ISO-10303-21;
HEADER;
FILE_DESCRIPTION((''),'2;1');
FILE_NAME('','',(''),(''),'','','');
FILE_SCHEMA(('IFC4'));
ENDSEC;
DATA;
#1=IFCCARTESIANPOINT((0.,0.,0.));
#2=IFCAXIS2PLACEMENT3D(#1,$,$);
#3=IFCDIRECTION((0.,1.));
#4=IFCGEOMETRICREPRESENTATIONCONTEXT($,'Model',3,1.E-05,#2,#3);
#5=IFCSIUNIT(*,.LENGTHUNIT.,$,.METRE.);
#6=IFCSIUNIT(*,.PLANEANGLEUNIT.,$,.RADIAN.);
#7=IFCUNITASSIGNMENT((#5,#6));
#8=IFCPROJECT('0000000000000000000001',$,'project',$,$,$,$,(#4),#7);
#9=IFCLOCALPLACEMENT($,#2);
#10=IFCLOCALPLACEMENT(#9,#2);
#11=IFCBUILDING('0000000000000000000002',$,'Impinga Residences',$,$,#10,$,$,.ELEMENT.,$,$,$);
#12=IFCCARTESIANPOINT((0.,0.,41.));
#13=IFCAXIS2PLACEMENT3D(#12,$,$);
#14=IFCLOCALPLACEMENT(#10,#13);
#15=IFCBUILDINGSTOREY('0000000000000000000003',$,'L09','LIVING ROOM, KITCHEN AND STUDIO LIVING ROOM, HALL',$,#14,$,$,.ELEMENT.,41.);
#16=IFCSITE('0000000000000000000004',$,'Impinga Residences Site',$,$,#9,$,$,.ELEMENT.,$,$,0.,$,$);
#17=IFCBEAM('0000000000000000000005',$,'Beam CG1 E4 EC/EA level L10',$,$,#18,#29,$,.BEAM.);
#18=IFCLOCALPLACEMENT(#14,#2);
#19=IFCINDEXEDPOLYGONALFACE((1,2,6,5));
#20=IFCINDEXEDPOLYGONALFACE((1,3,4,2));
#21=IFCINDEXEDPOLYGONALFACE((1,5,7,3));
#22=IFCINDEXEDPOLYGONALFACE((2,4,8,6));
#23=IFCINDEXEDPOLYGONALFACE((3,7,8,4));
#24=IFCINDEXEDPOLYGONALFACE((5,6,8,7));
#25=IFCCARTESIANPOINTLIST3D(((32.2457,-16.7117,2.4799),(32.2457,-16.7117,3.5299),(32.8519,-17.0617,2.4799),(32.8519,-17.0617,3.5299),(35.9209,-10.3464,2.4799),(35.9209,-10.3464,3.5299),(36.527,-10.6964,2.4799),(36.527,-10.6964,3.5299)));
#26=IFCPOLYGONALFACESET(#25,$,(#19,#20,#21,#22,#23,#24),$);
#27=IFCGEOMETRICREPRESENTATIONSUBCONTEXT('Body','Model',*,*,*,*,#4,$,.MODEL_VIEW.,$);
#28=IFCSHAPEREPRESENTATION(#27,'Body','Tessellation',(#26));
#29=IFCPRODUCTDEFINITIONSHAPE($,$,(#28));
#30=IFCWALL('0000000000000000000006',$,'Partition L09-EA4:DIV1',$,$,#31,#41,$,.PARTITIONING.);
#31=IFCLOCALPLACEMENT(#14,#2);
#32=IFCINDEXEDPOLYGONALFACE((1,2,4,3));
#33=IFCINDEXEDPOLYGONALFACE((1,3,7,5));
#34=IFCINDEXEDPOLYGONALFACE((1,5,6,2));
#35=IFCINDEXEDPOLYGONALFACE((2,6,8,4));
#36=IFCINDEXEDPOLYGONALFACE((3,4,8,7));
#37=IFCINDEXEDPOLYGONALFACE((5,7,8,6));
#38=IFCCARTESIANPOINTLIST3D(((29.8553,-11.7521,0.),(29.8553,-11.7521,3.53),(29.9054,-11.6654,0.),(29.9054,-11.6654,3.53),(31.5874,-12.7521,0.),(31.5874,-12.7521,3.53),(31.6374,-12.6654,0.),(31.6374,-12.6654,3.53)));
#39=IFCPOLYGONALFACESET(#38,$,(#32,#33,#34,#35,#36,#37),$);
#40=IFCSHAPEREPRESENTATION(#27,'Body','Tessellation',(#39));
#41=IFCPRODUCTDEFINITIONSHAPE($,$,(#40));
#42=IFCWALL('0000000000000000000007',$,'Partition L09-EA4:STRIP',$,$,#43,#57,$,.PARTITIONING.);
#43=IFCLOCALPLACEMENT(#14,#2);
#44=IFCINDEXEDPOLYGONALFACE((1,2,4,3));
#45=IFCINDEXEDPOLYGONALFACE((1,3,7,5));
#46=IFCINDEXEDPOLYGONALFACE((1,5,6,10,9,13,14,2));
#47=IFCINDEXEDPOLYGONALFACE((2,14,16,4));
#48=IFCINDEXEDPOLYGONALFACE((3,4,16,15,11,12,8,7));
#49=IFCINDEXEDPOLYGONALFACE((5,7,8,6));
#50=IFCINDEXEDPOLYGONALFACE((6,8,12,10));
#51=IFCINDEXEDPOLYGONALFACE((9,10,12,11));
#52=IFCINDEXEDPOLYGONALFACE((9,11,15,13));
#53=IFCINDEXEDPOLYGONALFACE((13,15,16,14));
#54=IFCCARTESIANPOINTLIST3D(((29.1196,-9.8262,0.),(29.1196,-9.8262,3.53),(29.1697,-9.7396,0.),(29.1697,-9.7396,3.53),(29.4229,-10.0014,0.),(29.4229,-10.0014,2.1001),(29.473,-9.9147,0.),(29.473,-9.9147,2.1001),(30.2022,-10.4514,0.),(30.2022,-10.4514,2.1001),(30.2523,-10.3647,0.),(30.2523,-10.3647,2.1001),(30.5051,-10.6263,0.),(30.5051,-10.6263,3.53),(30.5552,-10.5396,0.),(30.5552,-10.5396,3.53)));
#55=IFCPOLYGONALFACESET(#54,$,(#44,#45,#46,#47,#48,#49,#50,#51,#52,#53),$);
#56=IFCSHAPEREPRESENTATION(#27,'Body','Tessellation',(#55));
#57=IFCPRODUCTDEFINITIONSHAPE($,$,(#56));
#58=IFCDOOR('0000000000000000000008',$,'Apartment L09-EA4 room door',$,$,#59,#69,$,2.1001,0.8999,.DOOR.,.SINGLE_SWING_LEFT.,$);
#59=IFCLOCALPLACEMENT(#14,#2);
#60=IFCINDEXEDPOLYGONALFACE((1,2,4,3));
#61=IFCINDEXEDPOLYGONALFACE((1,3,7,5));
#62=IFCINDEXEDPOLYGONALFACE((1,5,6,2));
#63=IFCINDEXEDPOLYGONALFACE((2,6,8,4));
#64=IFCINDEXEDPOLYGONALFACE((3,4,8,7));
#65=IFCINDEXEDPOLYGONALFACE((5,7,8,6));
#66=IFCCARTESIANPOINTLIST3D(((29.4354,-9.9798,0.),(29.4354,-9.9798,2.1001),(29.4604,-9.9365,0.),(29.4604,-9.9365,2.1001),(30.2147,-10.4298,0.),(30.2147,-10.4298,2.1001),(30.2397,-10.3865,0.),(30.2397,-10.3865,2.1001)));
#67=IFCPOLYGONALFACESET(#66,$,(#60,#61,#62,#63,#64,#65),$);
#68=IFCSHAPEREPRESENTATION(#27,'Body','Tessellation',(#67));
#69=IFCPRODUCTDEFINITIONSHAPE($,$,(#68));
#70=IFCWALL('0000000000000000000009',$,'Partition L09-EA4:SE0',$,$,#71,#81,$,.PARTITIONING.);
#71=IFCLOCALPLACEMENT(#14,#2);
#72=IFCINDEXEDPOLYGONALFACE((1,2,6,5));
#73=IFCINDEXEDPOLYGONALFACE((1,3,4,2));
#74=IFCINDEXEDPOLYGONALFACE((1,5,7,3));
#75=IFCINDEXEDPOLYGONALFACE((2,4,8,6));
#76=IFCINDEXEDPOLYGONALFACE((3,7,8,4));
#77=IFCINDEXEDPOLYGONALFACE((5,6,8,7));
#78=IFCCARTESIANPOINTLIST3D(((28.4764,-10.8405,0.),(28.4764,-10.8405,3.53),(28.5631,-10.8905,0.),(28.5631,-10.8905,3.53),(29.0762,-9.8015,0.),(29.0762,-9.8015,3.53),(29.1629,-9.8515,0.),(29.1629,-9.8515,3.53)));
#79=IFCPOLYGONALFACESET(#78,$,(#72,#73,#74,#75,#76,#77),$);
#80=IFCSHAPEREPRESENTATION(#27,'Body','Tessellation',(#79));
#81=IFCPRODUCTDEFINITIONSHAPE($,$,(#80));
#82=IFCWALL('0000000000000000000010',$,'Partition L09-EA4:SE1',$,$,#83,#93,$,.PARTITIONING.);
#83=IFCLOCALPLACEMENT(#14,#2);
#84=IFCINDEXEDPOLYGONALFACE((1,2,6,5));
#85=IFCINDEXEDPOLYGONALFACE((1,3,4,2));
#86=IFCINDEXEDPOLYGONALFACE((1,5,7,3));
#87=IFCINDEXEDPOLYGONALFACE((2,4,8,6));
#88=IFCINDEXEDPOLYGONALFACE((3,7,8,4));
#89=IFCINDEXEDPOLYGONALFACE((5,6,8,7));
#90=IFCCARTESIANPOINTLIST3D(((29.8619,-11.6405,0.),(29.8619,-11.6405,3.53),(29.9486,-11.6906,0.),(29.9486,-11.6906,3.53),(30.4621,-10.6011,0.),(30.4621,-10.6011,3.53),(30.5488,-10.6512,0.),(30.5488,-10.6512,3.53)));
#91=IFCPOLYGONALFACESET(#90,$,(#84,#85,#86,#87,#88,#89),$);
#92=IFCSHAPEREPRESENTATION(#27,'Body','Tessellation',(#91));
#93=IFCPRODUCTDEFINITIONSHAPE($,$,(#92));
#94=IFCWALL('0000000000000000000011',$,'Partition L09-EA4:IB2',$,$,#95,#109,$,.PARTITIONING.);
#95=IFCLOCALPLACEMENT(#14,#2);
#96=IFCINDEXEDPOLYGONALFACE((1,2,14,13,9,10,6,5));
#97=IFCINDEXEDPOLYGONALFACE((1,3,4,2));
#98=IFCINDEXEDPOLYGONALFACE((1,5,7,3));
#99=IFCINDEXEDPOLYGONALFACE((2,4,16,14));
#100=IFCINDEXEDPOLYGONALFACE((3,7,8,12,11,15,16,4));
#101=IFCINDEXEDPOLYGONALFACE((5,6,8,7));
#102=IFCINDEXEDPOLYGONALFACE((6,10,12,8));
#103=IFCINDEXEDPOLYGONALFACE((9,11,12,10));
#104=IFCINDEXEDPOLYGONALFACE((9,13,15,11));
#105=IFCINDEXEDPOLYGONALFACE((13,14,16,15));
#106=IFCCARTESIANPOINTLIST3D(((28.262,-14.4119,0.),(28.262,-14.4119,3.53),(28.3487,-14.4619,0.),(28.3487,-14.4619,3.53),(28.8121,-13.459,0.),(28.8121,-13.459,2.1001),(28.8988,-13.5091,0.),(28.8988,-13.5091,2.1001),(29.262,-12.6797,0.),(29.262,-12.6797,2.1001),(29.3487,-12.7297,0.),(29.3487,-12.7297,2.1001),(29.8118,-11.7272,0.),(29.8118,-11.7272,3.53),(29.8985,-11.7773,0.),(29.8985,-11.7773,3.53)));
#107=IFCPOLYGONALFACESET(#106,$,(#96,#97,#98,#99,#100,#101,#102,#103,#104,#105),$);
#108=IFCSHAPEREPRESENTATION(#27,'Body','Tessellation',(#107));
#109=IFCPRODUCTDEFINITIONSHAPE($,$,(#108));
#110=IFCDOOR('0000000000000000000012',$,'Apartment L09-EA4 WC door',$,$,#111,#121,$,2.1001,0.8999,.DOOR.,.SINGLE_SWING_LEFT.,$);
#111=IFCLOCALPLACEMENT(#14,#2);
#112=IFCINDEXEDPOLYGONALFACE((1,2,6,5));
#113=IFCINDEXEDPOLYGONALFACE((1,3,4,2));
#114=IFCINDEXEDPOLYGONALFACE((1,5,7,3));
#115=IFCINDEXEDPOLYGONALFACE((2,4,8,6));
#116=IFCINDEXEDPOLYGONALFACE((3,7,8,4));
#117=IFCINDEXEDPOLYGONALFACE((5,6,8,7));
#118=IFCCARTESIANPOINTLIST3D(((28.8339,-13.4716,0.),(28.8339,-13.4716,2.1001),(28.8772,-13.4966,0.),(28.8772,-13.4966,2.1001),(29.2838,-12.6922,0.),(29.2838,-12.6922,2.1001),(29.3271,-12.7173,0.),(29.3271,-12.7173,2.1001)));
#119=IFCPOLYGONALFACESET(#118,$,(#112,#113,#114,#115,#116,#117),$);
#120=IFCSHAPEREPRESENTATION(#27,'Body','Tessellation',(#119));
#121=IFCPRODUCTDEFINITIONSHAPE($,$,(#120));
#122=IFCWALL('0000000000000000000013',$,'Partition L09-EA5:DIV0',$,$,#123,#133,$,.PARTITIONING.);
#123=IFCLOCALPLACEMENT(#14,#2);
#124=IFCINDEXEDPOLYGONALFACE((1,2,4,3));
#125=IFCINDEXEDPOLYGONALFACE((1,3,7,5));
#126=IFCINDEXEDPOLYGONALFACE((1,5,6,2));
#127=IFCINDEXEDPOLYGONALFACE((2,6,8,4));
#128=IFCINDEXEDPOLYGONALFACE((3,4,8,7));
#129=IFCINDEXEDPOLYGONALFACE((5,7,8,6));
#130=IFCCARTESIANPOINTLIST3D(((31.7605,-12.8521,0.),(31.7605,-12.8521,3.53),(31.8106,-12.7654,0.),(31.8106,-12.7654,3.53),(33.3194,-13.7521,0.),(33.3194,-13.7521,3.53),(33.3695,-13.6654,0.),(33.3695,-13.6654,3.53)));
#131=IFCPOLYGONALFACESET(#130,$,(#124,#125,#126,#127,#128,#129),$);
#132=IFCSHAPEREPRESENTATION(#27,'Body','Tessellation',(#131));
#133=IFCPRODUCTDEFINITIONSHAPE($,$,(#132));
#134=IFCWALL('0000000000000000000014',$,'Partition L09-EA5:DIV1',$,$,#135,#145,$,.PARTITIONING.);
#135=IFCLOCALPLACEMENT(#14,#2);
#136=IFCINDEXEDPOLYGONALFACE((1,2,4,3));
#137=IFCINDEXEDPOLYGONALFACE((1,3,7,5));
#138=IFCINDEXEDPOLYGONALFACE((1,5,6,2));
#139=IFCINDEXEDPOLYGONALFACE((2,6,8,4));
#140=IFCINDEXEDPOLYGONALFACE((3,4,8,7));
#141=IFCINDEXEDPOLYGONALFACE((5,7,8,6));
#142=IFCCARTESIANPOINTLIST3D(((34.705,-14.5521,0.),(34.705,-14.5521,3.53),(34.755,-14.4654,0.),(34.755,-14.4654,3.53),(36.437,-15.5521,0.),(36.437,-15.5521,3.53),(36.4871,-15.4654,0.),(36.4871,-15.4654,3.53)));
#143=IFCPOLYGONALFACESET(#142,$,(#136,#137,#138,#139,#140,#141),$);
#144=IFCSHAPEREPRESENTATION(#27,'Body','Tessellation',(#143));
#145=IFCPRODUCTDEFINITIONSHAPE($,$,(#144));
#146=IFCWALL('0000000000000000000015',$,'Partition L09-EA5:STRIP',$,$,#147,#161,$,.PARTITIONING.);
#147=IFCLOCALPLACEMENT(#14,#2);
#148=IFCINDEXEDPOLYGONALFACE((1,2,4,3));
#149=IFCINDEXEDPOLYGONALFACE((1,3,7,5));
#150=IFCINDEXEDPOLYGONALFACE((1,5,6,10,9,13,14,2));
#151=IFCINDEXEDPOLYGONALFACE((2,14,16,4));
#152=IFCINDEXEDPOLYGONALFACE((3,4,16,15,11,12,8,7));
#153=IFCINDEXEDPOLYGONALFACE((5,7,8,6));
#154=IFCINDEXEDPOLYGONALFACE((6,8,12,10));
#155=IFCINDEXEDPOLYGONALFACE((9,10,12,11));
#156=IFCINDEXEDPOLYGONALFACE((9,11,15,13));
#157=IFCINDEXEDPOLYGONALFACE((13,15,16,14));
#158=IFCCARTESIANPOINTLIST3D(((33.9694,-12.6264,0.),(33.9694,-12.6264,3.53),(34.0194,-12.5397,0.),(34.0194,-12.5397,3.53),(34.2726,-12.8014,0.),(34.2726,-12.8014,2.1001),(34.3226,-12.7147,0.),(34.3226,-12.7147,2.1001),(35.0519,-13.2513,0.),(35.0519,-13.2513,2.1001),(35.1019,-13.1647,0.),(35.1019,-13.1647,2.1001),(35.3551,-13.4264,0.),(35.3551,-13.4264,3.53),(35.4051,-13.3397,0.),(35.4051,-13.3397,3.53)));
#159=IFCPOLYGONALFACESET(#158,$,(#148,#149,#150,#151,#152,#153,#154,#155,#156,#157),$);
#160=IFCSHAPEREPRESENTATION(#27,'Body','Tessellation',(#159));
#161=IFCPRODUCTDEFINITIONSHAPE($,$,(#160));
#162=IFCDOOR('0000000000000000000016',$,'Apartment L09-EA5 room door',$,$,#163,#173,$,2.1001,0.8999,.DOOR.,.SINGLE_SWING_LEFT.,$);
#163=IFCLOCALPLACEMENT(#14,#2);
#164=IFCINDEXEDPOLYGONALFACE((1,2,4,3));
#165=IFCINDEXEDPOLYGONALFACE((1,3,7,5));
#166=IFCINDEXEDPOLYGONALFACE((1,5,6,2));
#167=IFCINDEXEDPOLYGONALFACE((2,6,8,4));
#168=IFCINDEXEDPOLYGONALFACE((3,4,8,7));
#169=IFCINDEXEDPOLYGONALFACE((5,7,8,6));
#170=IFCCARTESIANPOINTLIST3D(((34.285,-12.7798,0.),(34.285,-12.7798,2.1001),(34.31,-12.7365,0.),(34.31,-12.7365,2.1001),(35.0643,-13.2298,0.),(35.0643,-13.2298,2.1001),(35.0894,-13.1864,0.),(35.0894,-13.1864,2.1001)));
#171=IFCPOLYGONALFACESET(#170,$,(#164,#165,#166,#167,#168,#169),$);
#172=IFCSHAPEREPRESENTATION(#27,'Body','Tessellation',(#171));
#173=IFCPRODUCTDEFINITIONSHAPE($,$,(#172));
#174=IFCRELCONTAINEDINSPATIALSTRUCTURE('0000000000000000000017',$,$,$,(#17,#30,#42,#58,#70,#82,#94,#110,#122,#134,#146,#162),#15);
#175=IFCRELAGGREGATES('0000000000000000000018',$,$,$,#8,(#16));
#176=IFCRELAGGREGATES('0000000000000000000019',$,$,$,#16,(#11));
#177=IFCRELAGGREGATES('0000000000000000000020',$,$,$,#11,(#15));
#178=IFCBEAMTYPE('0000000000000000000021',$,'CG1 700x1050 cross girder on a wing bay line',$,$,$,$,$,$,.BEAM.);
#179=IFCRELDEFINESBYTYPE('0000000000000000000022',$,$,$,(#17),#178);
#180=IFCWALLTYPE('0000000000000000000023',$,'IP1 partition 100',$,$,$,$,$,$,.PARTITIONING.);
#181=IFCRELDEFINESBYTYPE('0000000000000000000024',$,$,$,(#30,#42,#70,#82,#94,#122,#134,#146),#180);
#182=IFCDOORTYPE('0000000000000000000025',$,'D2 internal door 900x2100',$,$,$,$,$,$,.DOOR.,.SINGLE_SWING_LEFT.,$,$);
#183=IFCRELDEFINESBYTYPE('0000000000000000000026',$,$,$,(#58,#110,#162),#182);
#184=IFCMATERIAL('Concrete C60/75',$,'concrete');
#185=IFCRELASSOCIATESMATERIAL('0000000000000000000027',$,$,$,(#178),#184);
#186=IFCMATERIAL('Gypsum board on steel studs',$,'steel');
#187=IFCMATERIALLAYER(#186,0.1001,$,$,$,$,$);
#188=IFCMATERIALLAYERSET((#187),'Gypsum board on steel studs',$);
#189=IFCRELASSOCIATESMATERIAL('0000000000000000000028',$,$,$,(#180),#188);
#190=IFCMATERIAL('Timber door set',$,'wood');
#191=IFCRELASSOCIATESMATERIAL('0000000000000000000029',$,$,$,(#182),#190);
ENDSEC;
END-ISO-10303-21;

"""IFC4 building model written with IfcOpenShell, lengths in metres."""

from ifc_helpers import new_model, si_unit, direction, frame, frame_2d, origin, origin_2d, place, context, subcontext, project, spatial, rectangle, extrude, material, layer, layer_set, material_profile, profile_set, type_object, element, fill, save


model = new_model("IFC4")

# Units and contexts
model_context = context("Model", 3, precision=1e-05, world=origin(), true_north=direction((0.0, 1.0)))
body_context = subcontext(model_context, "Body", "Model", "MODEL_VIEW")
ifc_project = project(units=[si_unit("LENGTHUNIT", "METRE"), si_unit("PLANEANGLEUNIT", "RADIAN")], contexts=[model_context])

# Site, building, storey
site_placement = place(None, origin())
site = spatial("IfcSite", under=ifc_project, at=site_placement, Name="Impinga Residences Site", CompositionType="ELEMENT", RefElevation=0.0)
building_placement = place(site_placement, origin())
building = spatial("IfcBuilding", under=site, at=building_placement, Name="Impinga Residences", CompositionType="ELEMENT")
storey_placement = place(building_placement, frame((0.0, 0.0, 41.0)))
storey = spatial("IfcBuildingStorey", under=building, at=storey_placement, Name="L09", Description="LIVING ROOM, KITCHEN AND STUDIO LIVING ROOM, HALL", CompositionType="ELEMENT", Elevation=41.0)

# Beam
ifc_material_1 = material(Name="Concrete C60/75", Category="concrete")
ifc_material_profile = material_profile(ifc_material_1, rectangle(XDim=0.7, YDim=1.05, at=origin_2d()), Name="RC 700x1050")
ifc_profile_set = profile_set([ifc_material_profile], Name="Concrete C60/75")
beam_type = type_object("IfcBeamType", Name="CG1 700x1050 cross girder on a wing bay line", PredefinedType="BEAM", material=ifc_profile_set)
beam_placement = place(storey_placement, frame((32.5488, -16.8867, 3.0049), z_axis=(0.500008, 0.866021, 0.0), x_axis=(-0.866021, 0.500008, 0.0)))
element("IfcBeam", 1, at=beam_placement, inside=storey, type_object=beam_type, Name="Beam CG1 E4 EC/EA level L10", PredefinedType="BEAM", context=body_context, shape_type="SweptSolid", body=[
    extrude(rectangle(XDim=0.7, YDim=1.05, at=origin_2d()), origin(), (0.0, 0.0, 1.0), 7.3501),
])

# Wall
ifc_material_2 = material(Name="Gypsum board on steel studs", Category="steel")
ifc_layer_1 = layer(ifc_material_2, 0.1001)
ifc_layer_set_1 = layer_set([ifc_layer_1], Name="Gypsum board on steel studs")
wall_type_1 = type_object("IfcWallType", Name="IP1 partition 100", PredefinedType="PARTITIONING", material=ifc_layer_set_1)
wall_1_placement = place(storey_placement, frame((29.8804, -11.7087, 0.0), z_axis=(0.0, 0.0, 1.0), x_axis=(0.866011, -0.500025, 0.0)))
element("IfcWall", 2, at=wall_1_placement, inside=storey, type_object=wall_type_1, Name="Partition L09-EA4:DIV1", PredefinedType="PARTITIONING", context=body_context, shape_type="SweptSolid", body=[
    extrude(rectangle(XDim=2.0, YDim=0.1001, at=frame_2d((1.0, 0.0))), origin(), (0.0, 0.0, 1.0), 3.53),
])

# Wall, opening, door
wall_2_placement = place(storey_placement, frame((29.1448, -9.783, 0.0), z_axis=(0.0, 0.0, 1.0), x_axis=(0.86599, -0.500061, 0.0)))
wall_2 = element("IfcWall", 3, at=wall_2_placement, inside=storey, type_object=wall_type_1, Name="Partition L09-EA4:STRIP", PredefinedType="PARTITIONING", context=body_context, shape_type="SweptSolid", body=[
    extrude(rectangle(XDim=1.5999, YDim=0.1001, at=frame_2d((0.7998, 0.0))), origin(), (0.0, 0.0, 1.0), 3.53),
])
opening_1_placement = place(wall_2_placement, frame((0.3501, 0.0, 0.0)))
opening_1 = element("IfcOpeningElement", 4, at=opening_1_placement, cuts=wall_2, PredefinedType="OPENING", context=body_context, shape_type="SweptSolid", body=[
    extrude(rectangle(XDim=0.8999, YDim=2.1001, at=frame_2d((0.45, 1.05))), frame((0.0, 0.0601, 0.0), z_axis=(0.0, -1.0, 0.0), x_axis=(1.0, 0.0, 0.0)), (0.0, 0.0, 1.0), 0.1201),
])
ifc_material_3 = material(Name="Timber door set", Category="wood")
door_type = type_object("IfcDoorType", Name="D2 internal door 900x2100", OperationType="SINGLE_SWING_LEFT", PredefinedType="DOOR", material=ifc_material_3)
door_1_placement = place(opening_1_placement, origin())
door_1 = element("IfcDoor", 5, at=door_1_placement, inside=storey, type_object=door_type, Name="Apartment L09-EA4 room door", OperationType="SINGLE_SWING_LEFT", OverallHeight=2.1001, OverallWidth=0.8999, PredefinedType="DOOR", context=body_context, shape_type="SweptSolid", body=[
    extrude(rectangle(XDim=0.8999, YDim=2.1001, at=frame_2d((0.45, 1.05))), frame((0.0, 0.0249, 0.0), z_axis=(0.0, -1.0, 0.0), x_axis=(1.0, 0.0, 0.0)), (0.0, 0.0, 1.0), 0.05),
])
fill(opening_1, door_1)

# Walls
wall_3_placement = place(storey_placement, frame((28.5198, -10.8655, 0.0), z_axis=(0.0, 0.0, 1.0), x_axis=(0.499969, 0.866043, 0.0)))
element("IfcWall", 6, at=wall_3_placement, inside=storey, type_object=wall_type_1, Name="Partition L09-EA4:SE0", PredefinedType="PARTITIONING", context=body_context, shape_type="SweptSolid", body=[
    extrude(rectangle(XDim=1.1997, YDim=0.1001, at=frame_2d((0.5999, 0.0))), origin(), (0.0, 0.0, 1.0), 3.53),
])
wall_4_placement = place(storey_placement, frame((29.9053, -11.6655, 0.0), z_axis=(0.0, 0.0, 1.0), x_axis=(0.500034, 0.866006, 0.0)))
element("IfcWall", 7, at=wall_4_placement, inside=storey, type_object=wall_type_1, Name="Partition L09-EA4:SE1", PredefinedType="PARTITIONING", context=body_context, shape_type="SweptSolid", body=[
    extrude(rectangle(XDim=1.2002, YDim=0.1001, at=frame_2d((0.6001, 0.0))), origin(), (0.0, 0.0, 1.0), 3.53),
])

# Wall, opening, door
wall_5_placement = place(storey_placement, frame((28.3054, -14.4368, 0.0), z_axis=(0.0, 0.0, 1.0), x_axis=(0.499968, 0.866044, 0.0)))
wall_5 = element("IfcWall", 8, at=wall_5_placement, inside=storey, type_object=wall_type_1, Name="Partition L09-EA4:IB2", PredefinedType="PARTITIONING", context=body_context, shape_type="SweptSolid", body=[
    extrude(rectangle(XDim=3.0999, YDim=0.1001, at=frame_2d((1.5498, 0.0))), origin(), (0.0, 0.0, 1.0), 3.53),
])
opening_2_placement = place(wall_5_placement, frame((1.1001, 0.0, 0.0)))
opening_2 = element("IfcOpeningElement", 9, at=opening_2_placement, cuts=wall_5, PredefinedType="OPENING", context=body_context, shape_type="SweptSolid", body=[
    extrude(rectangle(XDim=0.8999, YDim=2.1001, at=frame_2d((0.45, 1.05))), frame((0.0, 0.0601, 0.0), z_axis=(0.0, -1.0, 0.0), x_axis=(1.0, 0.0, 0.0)), (0.0, 0.0, 1.0), 0.1201),
])
door_2_placement = place(opening_2_placement, origin())
door_2 = element("IfcDoor", 10, at=door_2_placement, inside=storey, type_object=door_type, Name="Apartment L09-EA4 WC door", OperationType="SINGLE_SWING_LEFT", OverallHeight=2.1001, OverallWidth=0.8999, PredefinedType="DOOR", context=body_context, shape_type="SweptSolid", body=[
    extrude(rectangle(XDim=0.8999, YDim=2.1001, at=frame_2d((0.45, 1.05))), frame((0.0, 0.0249, 0.0), z_axis=(0.0, -1.0, 0.0), x_axis=(1.0, 0.0, 0.0)), (0.0, 0.0, 1.0), 0.05),
])
fill(opening_2, door_2)

# Walls
wall_6_placement = place(storey_placement, frame((31.7856, -12.8088, 0.0), z_axis=(0.0, 0.0, 1.0), x_axis=(0.866048, -0.499961, 0.0)))
element("IfcWall", 11, at=wall_6_placement, inside=storey, type_object=wall_type_1, Name="Partition L09-EA5:DIV0", PredefinedType="PARTITIONING", context=body_context, shape_type="SweptSolid", body=[
    extrude(rectangle(XDim=1.8, YDim=0.1001, at=frame_2d((0.8999, 0.0))), origin(), (0.0, 0.0, 1.0), 3.53),
])
wall_7_placement = place(storey_placement, frame((34.73, -14.5088, 0.0), z_axis=(0.0, 0.0, 1.0), x_axis=(0.866041, -0.499973, 0.0)))
element("IfcWall", 12, at=wall_7_placement, inside=storey, type_object=wall_type_1, Name="Partition L09-EA5:DIV1", PredefinedType="PARTITIONING", context=body_context, shape_type="SweptSolid", body=[
    extrude(rectangle(XDim=2.0, YDim=0.1001, at=frame_2d((1.0, 0.0))), origin(), (0.0, 0.0, 1.0), 3.53),
])

# Wall, opening, door
wall_8_placement = place(storey_placement, frame((33.9944, -12.583, 0.0), z_axis=(0.0, 0.0, 1.0), x_axis=(0.866028, -0.499995, 0.0)))
wall_8 = element("IfcWall", 13, at=wall_8_placement, inside=storey, type_object=wall_type_1, Name="Partition L09-EA5:STRIP", PredefinedType="PARTITIONING", context=body_context, shape_type="SweptSolid", body=[
    extrude(rectangle(XDim=1.6001, YDim=0.1001, at=frame_2d((0.8, 0.0))), origin(), (0.0, 0.0, 1.0), 3.53),
])
opening_3_placement = place(wall_8_placement, frame((0.3501, 0.0, 0.0)))
opening_3 = element("IfcOpeningElement", 14, at=opening_3_placement, cuts=wall_8, PredefinedType="OPENING", context=body_context, shape_type="SweptSolid", body=[
    extrude(rectangle(XDim=0.8999, YDim=2.1001, at=frame_2d((0.45, 1.05))), frame((0.0, 0.0601, 0.0), z_axis=(0.0, -1.0, 0.0), x_axis=(1.0, 0.0, 0.0)), (0.0, 0.0, 1.0), 0.1201),
])
door_3_placement = place(opening_3_placement, origin())
door_3 = element("IfcDoor", 15, at=door_3_placement, inside=storey, type_object=door_type, Name="Apartment L09-EA5 room door", OperationType="SINGLE_SWING_LEFT", OverallHeight=2.1001, OverallWidth=0.8999, PredefinedType="DOOR", context=body_context, shape_type="SweptSolid", body=[
    extrude(rectangle(XDim=0.8999, YDim=2.1001, at=frame_2d((0.45, 1.05))), frame((0.0, 0.0249, 0.0), z_axis=(0.0, -1.0, 0.0), x_axis=(1.0, 0.0, 0.0)), (0.0, 0.0, 1.0), 0.05),
])
fill(opening_3, door_3)

save(model, "model.ifc")
